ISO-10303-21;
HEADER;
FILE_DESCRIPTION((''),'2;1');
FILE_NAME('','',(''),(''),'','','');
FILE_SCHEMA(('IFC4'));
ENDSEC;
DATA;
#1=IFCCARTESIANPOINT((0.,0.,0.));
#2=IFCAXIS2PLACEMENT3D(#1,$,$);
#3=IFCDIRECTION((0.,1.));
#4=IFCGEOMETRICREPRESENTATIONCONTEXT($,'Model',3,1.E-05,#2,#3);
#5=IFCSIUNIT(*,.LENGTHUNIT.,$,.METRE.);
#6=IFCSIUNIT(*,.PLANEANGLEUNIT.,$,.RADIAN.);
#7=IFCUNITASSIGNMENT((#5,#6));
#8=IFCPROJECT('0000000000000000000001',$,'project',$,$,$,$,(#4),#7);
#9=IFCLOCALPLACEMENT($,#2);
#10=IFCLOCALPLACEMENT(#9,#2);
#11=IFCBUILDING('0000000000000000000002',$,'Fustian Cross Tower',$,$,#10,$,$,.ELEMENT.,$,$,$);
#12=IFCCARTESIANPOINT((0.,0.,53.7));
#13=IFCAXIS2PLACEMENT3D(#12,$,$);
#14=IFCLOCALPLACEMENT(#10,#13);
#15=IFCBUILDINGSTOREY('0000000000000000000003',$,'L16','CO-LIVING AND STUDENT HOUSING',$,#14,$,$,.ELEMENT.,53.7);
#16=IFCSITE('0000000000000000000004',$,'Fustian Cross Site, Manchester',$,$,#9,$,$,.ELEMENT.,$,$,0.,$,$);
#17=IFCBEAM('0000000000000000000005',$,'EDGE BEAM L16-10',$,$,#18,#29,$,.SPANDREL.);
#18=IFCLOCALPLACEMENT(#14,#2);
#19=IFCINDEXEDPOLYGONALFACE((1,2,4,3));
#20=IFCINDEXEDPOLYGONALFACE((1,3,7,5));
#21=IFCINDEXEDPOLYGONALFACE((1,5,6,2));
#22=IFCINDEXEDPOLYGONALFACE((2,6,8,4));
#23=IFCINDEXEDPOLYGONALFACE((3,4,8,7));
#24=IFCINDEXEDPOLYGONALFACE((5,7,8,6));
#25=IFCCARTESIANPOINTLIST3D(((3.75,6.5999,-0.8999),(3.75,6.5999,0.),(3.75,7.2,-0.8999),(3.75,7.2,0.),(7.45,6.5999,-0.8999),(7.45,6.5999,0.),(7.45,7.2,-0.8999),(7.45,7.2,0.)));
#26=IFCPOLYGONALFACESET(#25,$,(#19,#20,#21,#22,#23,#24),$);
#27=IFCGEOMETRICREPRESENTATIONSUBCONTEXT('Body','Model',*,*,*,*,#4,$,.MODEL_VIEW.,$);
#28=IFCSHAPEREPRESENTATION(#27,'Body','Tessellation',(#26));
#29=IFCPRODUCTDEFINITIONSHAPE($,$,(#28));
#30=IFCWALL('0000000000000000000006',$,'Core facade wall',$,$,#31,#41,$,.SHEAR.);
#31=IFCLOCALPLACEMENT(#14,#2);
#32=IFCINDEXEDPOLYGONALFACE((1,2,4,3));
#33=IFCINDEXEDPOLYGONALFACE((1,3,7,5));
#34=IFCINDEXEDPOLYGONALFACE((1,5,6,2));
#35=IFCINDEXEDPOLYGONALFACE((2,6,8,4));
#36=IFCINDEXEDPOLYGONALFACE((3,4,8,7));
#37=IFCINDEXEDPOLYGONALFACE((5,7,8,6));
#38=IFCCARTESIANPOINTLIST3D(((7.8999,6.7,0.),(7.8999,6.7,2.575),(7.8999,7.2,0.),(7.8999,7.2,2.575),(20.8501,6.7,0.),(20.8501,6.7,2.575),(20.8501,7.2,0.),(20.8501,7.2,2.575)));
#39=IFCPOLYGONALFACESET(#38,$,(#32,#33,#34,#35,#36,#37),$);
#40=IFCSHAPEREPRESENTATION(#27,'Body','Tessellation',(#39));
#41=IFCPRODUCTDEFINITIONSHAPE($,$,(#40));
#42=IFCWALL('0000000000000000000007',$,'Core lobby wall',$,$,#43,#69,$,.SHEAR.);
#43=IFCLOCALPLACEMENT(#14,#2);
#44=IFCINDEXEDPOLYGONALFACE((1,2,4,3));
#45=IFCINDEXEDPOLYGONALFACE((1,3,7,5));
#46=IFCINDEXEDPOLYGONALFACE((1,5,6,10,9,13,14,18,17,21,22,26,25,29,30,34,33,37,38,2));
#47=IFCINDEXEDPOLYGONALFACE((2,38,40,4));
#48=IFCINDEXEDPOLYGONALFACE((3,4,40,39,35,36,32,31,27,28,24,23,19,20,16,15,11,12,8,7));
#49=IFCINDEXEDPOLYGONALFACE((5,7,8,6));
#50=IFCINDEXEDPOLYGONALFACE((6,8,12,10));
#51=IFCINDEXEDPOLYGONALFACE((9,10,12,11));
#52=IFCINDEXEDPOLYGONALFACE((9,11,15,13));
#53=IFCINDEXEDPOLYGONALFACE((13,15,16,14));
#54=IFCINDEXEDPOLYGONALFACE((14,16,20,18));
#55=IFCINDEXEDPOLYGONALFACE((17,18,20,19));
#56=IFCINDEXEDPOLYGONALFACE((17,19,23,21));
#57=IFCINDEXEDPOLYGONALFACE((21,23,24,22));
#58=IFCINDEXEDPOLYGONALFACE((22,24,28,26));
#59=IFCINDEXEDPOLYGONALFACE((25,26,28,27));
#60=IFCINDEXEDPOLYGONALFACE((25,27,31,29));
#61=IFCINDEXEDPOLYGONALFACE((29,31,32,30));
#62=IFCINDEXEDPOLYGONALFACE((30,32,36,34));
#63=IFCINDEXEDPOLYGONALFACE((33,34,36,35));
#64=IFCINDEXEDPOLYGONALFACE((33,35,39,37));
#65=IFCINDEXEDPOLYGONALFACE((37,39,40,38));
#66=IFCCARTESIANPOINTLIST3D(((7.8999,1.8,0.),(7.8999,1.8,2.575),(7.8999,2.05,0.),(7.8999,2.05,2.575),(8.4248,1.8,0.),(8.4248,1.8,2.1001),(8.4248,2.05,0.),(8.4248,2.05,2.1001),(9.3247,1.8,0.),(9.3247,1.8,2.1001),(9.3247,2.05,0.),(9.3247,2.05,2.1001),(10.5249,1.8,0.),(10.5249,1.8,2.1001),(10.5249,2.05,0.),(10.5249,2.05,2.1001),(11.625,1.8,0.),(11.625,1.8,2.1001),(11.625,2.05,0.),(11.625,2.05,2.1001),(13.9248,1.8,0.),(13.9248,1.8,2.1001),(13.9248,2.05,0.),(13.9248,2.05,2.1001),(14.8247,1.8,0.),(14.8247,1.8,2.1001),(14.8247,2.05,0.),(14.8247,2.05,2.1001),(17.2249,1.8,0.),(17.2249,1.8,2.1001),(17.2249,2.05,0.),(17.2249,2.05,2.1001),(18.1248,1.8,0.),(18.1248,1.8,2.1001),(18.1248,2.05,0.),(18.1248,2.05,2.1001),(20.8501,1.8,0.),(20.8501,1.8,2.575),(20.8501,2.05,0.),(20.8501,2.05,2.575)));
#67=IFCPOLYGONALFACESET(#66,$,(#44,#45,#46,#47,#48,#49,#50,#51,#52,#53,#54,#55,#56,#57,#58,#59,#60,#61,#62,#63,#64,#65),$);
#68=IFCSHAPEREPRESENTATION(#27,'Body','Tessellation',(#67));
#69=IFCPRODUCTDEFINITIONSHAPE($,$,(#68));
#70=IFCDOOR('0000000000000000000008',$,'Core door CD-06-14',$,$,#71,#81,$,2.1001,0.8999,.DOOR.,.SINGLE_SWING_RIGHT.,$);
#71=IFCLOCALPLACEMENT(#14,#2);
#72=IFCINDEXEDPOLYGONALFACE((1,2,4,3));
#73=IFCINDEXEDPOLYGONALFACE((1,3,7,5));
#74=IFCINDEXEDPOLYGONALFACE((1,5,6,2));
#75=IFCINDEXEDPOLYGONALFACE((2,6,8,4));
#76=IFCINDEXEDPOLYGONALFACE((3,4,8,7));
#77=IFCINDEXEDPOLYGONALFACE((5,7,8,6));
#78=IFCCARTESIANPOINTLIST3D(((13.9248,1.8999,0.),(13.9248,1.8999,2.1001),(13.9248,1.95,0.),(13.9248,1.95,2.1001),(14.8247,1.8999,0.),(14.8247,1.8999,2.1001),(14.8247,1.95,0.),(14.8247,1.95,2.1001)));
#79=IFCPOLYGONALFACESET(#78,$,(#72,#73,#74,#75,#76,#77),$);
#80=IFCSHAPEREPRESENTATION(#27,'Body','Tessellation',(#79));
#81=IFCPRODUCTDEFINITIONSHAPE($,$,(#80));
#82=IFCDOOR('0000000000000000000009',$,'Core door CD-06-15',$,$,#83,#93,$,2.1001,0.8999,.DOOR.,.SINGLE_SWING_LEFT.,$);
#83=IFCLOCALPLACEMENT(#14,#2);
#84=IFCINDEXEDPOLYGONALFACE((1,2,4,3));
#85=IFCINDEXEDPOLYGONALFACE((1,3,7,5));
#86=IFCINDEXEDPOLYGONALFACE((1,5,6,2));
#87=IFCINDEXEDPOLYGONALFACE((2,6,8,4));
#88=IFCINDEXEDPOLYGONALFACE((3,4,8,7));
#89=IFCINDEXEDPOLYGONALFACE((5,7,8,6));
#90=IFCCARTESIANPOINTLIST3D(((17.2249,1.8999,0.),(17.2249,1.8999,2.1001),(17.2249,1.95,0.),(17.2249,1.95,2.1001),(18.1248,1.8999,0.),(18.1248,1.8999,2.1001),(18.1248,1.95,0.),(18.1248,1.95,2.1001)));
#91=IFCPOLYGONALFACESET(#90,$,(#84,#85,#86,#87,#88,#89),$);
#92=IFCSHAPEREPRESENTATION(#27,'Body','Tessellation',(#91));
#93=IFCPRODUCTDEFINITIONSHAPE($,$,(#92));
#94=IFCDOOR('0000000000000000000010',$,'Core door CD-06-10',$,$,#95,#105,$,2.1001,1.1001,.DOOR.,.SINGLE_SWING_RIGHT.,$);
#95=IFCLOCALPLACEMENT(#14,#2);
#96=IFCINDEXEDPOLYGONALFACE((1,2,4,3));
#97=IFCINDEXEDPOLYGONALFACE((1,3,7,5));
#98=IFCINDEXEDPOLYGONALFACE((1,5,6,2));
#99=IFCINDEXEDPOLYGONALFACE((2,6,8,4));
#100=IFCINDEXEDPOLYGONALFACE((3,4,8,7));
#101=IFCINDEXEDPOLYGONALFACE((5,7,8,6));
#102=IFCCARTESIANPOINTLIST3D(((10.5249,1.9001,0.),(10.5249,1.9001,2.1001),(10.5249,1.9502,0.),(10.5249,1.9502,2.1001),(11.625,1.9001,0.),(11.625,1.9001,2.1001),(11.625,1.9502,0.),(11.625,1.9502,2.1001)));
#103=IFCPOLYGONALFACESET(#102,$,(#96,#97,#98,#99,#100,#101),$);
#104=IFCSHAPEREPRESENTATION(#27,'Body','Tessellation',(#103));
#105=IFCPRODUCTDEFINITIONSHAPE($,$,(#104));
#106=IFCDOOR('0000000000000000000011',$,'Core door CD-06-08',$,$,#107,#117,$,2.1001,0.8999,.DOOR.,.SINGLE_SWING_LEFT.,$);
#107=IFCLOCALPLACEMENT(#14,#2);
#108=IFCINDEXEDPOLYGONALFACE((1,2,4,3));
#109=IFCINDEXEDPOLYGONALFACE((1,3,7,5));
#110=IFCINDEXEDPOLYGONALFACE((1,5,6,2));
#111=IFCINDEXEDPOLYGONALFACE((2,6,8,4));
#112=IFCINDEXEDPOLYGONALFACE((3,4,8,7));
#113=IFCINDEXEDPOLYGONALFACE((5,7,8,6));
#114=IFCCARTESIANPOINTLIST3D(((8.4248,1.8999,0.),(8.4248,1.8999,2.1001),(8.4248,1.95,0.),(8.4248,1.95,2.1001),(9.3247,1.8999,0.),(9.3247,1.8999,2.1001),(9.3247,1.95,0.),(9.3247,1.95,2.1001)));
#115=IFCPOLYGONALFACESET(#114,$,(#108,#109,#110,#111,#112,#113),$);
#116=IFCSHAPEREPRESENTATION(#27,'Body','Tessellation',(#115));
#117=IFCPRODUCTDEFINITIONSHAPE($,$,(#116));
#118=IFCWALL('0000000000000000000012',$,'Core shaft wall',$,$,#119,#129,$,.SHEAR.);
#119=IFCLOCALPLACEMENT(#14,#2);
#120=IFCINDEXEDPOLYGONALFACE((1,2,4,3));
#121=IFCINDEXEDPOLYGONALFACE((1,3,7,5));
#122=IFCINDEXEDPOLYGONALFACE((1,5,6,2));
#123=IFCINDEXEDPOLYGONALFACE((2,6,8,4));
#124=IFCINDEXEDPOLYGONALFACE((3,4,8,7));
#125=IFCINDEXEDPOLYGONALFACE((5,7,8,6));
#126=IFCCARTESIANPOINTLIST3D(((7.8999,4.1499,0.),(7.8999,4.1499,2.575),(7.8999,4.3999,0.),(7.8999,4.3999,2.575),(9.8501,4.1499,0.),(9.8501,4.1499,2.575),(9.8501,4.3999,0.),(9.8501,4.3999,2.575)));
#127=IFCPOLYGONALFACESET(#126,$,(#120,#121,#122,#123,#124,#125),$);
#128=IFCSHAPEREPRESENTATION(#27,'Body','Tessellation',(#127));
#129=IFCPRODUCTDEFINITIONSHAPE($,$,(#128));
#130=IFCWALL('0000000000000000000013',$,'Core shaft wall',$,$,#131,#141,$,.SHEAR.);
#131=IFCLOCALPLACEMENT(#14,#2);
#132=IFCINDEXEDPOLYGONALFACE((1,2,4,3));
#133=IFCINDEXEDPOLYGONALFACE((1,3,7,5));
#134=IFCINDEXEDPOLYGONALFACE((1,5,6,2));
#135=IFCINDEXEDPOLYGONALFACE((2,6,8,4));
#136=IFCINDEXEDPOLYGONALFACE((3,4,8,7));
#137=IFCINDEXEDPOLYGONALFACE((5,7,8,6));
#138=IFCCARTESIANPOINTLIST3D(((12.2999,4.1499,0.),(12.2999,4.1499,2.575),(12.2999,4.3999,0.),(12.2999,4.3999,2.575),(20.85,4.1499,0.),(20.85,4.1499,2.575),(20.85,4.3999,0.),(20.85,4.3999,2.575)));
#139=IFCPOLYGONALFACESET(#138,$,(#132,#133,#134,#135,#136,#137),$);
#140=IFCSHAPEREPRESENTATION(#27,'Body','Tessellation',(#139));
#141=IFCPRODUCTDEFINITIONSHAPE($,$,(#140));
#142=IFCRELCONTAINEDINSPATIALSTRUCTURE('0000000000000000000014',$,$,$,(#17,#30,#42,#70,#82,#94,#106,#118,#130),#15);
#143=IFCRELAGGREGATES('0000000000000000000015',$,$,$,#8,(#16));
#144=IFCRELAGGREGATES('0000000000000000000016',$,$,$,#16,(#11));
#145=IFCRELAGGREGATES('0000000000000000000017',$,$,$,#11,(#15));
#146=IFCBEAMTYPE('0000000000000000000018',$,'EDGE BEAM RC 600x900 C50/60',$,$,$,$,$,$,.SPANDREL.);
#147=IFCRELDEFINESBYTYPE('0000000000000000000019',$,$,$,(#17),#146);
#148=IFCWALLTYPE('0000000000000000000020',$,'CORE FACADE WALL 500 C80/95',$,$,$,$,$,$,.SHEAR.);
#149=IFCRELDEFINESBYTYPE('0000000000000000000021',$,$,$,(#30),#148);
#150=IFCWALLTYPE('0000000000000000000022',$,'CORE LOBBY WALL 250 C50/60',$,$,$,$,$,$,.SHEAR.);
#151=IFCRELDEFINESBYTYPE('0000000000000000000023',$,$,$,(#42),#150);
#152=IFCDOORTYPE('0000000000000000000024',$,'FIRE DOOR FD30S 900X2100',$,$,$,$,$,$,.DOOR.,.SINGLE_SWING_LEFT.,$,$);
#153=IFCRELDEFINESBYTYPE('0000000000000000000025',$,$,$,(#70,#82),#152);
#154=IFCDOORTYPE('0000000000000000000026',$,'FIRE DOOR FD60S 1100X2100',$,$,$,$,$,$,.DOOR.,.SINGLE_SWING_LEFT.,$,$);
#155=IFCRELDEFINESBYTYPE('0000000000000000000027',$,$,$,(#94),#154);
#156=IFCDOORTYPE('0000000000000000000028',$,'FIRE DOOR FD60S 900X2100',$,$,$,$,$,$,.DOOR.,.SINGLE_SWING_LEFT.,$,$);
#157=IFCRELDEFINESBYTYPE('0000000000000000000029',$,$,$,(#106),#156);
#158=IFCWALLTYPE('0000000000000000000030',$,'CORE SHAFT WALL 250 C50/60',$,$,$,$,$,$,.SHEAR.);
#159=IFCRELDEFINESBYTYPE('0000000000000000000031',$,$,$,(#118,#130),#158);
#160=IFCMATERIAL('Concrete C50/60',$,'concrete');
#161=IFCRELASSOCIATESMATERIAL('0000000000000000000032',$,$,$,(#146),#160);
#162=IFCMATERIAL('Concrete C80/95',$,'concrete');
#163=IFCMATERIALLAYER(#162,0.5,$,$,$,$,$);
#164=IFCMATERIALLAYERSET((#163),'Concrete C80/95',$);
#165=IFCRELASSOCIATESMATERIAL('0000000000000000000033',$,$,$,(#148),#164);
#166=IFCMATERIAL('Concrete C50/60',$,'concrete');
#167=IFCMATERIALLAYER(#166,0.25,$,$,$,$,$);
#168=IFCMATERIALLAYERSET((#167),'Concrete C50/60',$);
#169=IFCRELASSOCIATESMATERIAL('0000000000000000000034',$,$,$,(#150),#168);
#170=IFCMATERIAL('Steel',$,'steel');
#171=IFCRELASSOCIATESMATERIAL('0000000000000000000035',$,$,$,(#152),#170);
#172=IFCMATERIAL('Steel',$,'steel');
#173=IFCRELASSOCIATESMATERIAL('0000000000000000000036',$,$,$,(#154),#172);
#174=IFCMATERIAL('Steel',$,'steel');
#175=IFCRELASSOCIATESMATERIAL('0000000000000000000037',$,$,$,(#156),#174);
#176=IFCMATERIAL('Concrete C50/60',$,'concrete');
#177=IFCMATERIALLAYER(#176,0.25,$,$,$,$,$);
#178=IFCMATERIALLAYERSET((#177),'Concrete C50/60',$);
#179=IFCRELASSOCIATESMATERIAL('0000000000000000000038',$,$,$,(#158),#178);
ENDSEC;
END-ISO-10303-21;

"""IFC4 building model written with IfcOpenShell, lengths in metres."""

from ifc_helpers import new_model, si_unit, direction, frame, frame_2d, origin, origin_2d, place, context, subcontext, project, spatial, rectangle, extrude, material, layer, layer_set, material_profile, profile_set, type_object, element, fill, save


model = new_model("IFC4")

# Units and contexts
model_context = context("Model", 3, precision=1e-05, world=origin(), true_north=direction((0.0, 1.0)))
body_context = subcontext(model_context, "Body", "Model", "MODEL_VIEW")
ifc_project = project(units=[si_unit("LENGTHUNIT", "METRE"), si_unit("PLANEANGLEUNIT", "RADIAN")], contexts=[model_context])

# Site, building, storey
site_placement = place(None, origin())
site = spatial("IfcSite", under=ifc_project, at=site_placement, Name="Fustian Cross Site, Manchester", CompositionType="ELEMENT", RefElevation=0.0)
building_placement = place(site_placement, origin())
building = spatial("IfcBuilding", under=site, at=building_placement, Name="Fustian Cross Tower", CompositionType="ELEMENT")
storey_placement = place(building_placement, frame((0.0, 0.0, 53.7)))
storey = spatial("IfcBuildingStorey", under=building, at=storey_placement, Name="L16", Description="CO-LIVING AND STUDENT HOUSING", CompositionType="ELEMENT", Elevation=53.7)

# Beam
ifc_material_1 = material(Name="Concrete C50/60", Category="concrete")
ifc_material_profile = material_profile(ifc_material_1, rectangle(XDim=0.6001, YDim=0.8999, at=origin_2d()), Name="RC 600x900")
ifc_profile_set = profile_set([ifc_material_profile], Name="Concrete C50/60")
beam_type = type_object("IfcBeamType", Name="EDGE BEAM RC 600x900 C50/60", PredefinedType="SPANDREL", material=ifc_profile_set)
beam_placement = place(storey_placement, frame((7.45, 6.8999, -0.45), z_axis=(-1.0, 0.0, 0.0), x_axis=(0.0, -1.0, 0.0)))
element("IfcBeam", 1, at=beam_placement, inside=storey, type_object=beam_type, Name="EDGE BEAM L16-10", PredefinedType="SPANDREL", context=body_context, shape_type="SweptSolid", body=[
    extrude(rectangle(XDim=0.6001, YDim=0.8999, at=origin_2d()), origin(), (0.0, 0.0, 1.0), 3.7),
])

# Wall
ifc_material_2 = material(Name="Concrete C80/95", Category="concrete")
ifc_layer_1 = layer(ifc_material_2, 0.5)
ifc_layer_set_1 = layer_set([ifc_layer_1], Name="Concrete C80/95")
wall_type_1 = type_object("IfcWallType", Name="CORE FACADE WALL 500 C80/95", PredefinedType="SHEAR", material=ifc_layer_set_1)
wall_1_placement = place(storey_placement, frame((7.8999, 6.95, 0.0), z_axis=(0.0, 0.0, 1.0), x_axis=(1.0, 0.0, 0.0)))
element("IfcWall", 2, at=wall_1_placement, inside=storey, type_object=wall_type_1, Name="Core facade wall", PredefinedType="SHEAR", context=body_context, shape_type="SweptSolid", body=[
    extrude(rectangle(XDim=12.9502, YDim=0.5, at=frame_2d((6.4751, 0.0))), origin(), (0.0, 0.0, 1.0), 2.575),
])

# Wall, openings, doors
ifc_material_3 = material(Name="Concrete C50/60", Category="concrete")
ifc_layer_2 = layer(ifc_material_3, 0.25)
ifc_layer_set_2 = layer_set([ifc_layer_2], Name="Concrete C50/60")
wall_type_2 = type_object("IfcWallType", Name="CORE LOBBY WALL 250 C50/60", PredefinedType="SHEAR", material=ifc_layer_set_2)
wall_2_placement = place(storey_placement, frame((7.8999, 1.925, 0.0), z_axis=(0.0, 0.0, 1.0), x_axis=(1.0, 0.0, 0.0)))
wall_2 = element("IfcWall", 3, at=wall_2_placement, inside=storey, type_object=wall_type_2, Name="Core lobby wall", PredefinedType="SHEAR", context=body_context, shape_type="SweptSolid", body=[
    extrude(rectangle(XDim=12.9502, YDim=0.25, at=frame_2d((6.4751, 0.0))), origin(), (0.0, 0.0, 1.0), 2.575),
])
opening_1_placement = place(wall_2_placement, frame((0.5249, 0.0, 0.0)))
opening_1 = element("IfcOpeningElement", 4, at=opening_1_placement, cuts=wall_2, PredefinedType="OPENING", context=body_context, shape_type="SweptSolid", body=[
    extrude(rectangle(XDim=0.8999, YDim=2.1001, at=frame_2d((0.45, 1.05))), frame((0.0, 0.135, 0.0), z_axis=(0.0, -1.0, 0.0), x_axis=(1.0, 0.0, 0.0)), (0.0, 0.0, 1.0), 0.27),
])
opening_2_placement = place(wall_2_placement, frame((2.625, 0.0, 0.0)))
opening_2 = element("IfcOpeningElement", 5, at=opening_2_placement, cuts=wall_2, PredefinedType="OPENING", context=body_context, shape_type="SweptSolid", body=[
    extrude(rectangle(XDim=1.1001, YDim=2.1001, at=frame_2d((0.55, 1.05))), frame((0.0, 0.135, 0.0), z_axis=(0.0, -1.0, 0.0), x_axis=(1.0, 0.0, 0.0)), (0.0, 0.0, 1.0), 0.27),
])
opening_3_placement = place(wall_2_placement, frame((6.0249, 0.0, 0.0)))
opening_3 = element("IfcOpeningElement", 6, at=opening_3_placement, cuts=wall_2, PredefinedType="OPENING", context=body_context, shape_type="SweptSolid", body=[
    extrude(rectangle(XDim=0.8999, YDim=2.1001, at=frame_2d((0.45, 1.05))), frame((0.0, 0.135, 0.0), z_axis=(0.0, -1.0, 0.0), x_axis=(1.0, 0.0, 0.0)), (0.0, 0.0, 1.0), 0.27),
])
opening_4_placement = place(wall_2_placement, frame((9.325, 0.0, 0.0)))
opening_4 = element("IfcOpeningElement", 7, at=opening_4_placement, cuts=wall_2, PredefinedType="OPENING", context=body_context, shape_type="SweptSolid", body=[
    extrude(rectangle(XDim=0.8999, YDim=2.1001, at=frame_2d((0.45, 1.05))), frame((0.0, 0.135, 0.0), z_axis=(0.0, -1.0, 0.0), x_axis=(1.0, 0.0, 0.0)), (0.0, 0.0, 1.0), 0.27),
])
ifc_material_4 = material(Name="Steel", Category="steel")
door_type_1 = type_object("IfcDoorType", Name="FIRE DOOR FD30S 900X2100", OperationType="SINGLE_SWING_LEFT", PredefinedType="DOOR", material=ifc_material_4)
door_1_placement = place(opening_3_placement, origin())
door_1 = element("IfcDoor", 8, at=door_1_placement, inside=storey, type_object=door_type_1, Name="Core door CD-06-14", OperationType="SINGLE_SWING_RIGHT", OverallHeight=2.1001, OverallWidth=0.8999, PredefinedType="DOOR", context=body_context, shape_type="SweptSolid", body=[
    extrude(rectangle(XDim=0.8999, YDim=2.1001, at=frame_2d((0.45, 1.05))), frame((0.0, 0.0249, 0.0), z_axis=(0.0, -1.0, 0.0), x_axis=(1.0, 0.0, 0.0)), (0.0, 0.0, 1.0), 0.05),
])
fill(opening_3, door_1)
door_2_placement = place(opening_4_placement, origin())
door_2 = element("IfcDoor", 9, at=door_2_placement, inside=storey, type_object=door_type_1, Name="Core door CD-06-15", OperationType="SINGLE_SWING_LEFT", OverallHeight=2.1001, OverallWidth=0.8999, PredefinedType="DOOR", context=body_context, shape_type="SweptSolid", body=[
    extrude(rectangle(XDim=0.8999, YDim=2.1001, at=frame_2d((0.45, 1.05))), frame((0.0, 0.0249, 0.0), z_axis=(0.0, -1.0, 0.0), x_axis=(1.0, 0.0, 0.0)), (0.0, 0.0, 1.0), 0.05),
])
fill(opening_4, door_2)
ifc_material_5 = material(Name="Steel", Category="steel")
door_type_2 = type_object("IfcDoorType", Name="FIRE DOOR FD60S 1100X2100", OperationType="SINGLE_SWING_LEFT", PredefinedType="DOOR", material=ifc_material_5)
door_3_placement = place(opening_2_placement, frame((1.1001, 0.0, 0.0), z_axis=(0.0, 0.0, 1.0), x_axis=(-1.0, 0.0, 0.0)))
door_3 = element("IfcDoor", 10, at=door_3_placement, inside=storey, type_object=door_type_2, Name="Core door CD-06-10", OperationType="SINGLE_SWING_RIGHT", OverallHeight=2.1001, OverallWidth=1.1001, PredefinedType="DOOR", context=body_context, shape_type="SweptSolid", body=[
    extrude(rectangle(XDim=1.1001, YDim=2.1001, at=frame_2d((0.55, 1.05))), frame((0.0, 0.0249, 0.0), z_axis=(0.0, -1.0, 0.0), x_axis=(1.0, 0.0, 0.0)), (0.0, 0.0, 1.0), 0.05),
])
fill(opening_2, door_3)
ifc_material_6 = material(Name="Steel", Category="steel")
door_type_3 = type_object("IfcDoorType", Name="FIRE DOOR FD60S 900X2100", OperationType="SINGLE_SWING_LEFT", PredefinedType="DOOR", material=ifc_material_6)
door_4_placement = place(opening_1_placement, origin())
door_4 = element("IfcDoor", 11, at=door_4_placement, inside=storey, type_object=door_type_3, Name="Core door CD-06-08", OperationType="SINGLE_SWING_LEFT", OverallHeight=2.1001, OverallWidth=0.8999, PredefinedType="DOOR", context=body_context, shape_type="SweptSolid", body=[
    extrude(rectangle(XDim=0.8999, YDim=2.1001, at=frame_2d((0.45, 1.05))), frame((0.0, 0.0249, 0.0), z_axis=(0.0, -1.0, 0.0), x_axis=(1.0, 0.0, 0.0)), (0.0, 0.0, 1.0), 0.05),
])
fill(opening_1, door_4)

# Walls
ifc_material_7 = material(Name="Concrete C50/60", Category="concrete")
ifc_layer_3 = layer(ifc_material_7, 0.25)
ifc_layer_set_3 = layer_set([ifc_layer_3], Name="Concrete C50/60")
wall_type_3 = type_object("IfcWallType", Name="CORE SHAFT WALL 250 C50/60", PredefinedType="SHEAR", material=ifc_layer_set_3)
wall_3_placement = place(storey_placement, frame((7.8999, 4.2749, 0.0), z_axis=(0.0, 0.0, 1.0), x_axis=(1.0, 0.0, 0.0)))
element("IfcWall", 12, at=wall_3_placement, inside=storey, type_object=wall_type_3, Name="Core shaft wall", PredefinedType="SHEAR", context=body_context, shape_type="SweptSolid", body=[
    extrude(rectangle(XDim=1.9502, YDim=0.25, at=frame_2d((0.9751, 0.0))), origin(), (0.0, 0.0, 1.0), 2.575),
])
wall_4_placement = place(storey_placement, frame((12.3, 4.2749, 0.0), z_axis=(0.0, 0.0, 1.0), x_axis=(1.0, 0.0, 0.0)))
element("IfcWall", 13, at=wall_4_placement, inside=storey, type_object=wall_type_3, Name="Core shaft wall", PredefinedType="SHEAR", context=body_context, shape_type="SweptSolid", body=[
    extrude(rectangle(XDim=8.55, YDim=0.25, at=frame_2d((4.2749, 0.0))), origin(), (0.0, 0.0, 1.0), 2.575),
])

save(model, "model.ifc")
